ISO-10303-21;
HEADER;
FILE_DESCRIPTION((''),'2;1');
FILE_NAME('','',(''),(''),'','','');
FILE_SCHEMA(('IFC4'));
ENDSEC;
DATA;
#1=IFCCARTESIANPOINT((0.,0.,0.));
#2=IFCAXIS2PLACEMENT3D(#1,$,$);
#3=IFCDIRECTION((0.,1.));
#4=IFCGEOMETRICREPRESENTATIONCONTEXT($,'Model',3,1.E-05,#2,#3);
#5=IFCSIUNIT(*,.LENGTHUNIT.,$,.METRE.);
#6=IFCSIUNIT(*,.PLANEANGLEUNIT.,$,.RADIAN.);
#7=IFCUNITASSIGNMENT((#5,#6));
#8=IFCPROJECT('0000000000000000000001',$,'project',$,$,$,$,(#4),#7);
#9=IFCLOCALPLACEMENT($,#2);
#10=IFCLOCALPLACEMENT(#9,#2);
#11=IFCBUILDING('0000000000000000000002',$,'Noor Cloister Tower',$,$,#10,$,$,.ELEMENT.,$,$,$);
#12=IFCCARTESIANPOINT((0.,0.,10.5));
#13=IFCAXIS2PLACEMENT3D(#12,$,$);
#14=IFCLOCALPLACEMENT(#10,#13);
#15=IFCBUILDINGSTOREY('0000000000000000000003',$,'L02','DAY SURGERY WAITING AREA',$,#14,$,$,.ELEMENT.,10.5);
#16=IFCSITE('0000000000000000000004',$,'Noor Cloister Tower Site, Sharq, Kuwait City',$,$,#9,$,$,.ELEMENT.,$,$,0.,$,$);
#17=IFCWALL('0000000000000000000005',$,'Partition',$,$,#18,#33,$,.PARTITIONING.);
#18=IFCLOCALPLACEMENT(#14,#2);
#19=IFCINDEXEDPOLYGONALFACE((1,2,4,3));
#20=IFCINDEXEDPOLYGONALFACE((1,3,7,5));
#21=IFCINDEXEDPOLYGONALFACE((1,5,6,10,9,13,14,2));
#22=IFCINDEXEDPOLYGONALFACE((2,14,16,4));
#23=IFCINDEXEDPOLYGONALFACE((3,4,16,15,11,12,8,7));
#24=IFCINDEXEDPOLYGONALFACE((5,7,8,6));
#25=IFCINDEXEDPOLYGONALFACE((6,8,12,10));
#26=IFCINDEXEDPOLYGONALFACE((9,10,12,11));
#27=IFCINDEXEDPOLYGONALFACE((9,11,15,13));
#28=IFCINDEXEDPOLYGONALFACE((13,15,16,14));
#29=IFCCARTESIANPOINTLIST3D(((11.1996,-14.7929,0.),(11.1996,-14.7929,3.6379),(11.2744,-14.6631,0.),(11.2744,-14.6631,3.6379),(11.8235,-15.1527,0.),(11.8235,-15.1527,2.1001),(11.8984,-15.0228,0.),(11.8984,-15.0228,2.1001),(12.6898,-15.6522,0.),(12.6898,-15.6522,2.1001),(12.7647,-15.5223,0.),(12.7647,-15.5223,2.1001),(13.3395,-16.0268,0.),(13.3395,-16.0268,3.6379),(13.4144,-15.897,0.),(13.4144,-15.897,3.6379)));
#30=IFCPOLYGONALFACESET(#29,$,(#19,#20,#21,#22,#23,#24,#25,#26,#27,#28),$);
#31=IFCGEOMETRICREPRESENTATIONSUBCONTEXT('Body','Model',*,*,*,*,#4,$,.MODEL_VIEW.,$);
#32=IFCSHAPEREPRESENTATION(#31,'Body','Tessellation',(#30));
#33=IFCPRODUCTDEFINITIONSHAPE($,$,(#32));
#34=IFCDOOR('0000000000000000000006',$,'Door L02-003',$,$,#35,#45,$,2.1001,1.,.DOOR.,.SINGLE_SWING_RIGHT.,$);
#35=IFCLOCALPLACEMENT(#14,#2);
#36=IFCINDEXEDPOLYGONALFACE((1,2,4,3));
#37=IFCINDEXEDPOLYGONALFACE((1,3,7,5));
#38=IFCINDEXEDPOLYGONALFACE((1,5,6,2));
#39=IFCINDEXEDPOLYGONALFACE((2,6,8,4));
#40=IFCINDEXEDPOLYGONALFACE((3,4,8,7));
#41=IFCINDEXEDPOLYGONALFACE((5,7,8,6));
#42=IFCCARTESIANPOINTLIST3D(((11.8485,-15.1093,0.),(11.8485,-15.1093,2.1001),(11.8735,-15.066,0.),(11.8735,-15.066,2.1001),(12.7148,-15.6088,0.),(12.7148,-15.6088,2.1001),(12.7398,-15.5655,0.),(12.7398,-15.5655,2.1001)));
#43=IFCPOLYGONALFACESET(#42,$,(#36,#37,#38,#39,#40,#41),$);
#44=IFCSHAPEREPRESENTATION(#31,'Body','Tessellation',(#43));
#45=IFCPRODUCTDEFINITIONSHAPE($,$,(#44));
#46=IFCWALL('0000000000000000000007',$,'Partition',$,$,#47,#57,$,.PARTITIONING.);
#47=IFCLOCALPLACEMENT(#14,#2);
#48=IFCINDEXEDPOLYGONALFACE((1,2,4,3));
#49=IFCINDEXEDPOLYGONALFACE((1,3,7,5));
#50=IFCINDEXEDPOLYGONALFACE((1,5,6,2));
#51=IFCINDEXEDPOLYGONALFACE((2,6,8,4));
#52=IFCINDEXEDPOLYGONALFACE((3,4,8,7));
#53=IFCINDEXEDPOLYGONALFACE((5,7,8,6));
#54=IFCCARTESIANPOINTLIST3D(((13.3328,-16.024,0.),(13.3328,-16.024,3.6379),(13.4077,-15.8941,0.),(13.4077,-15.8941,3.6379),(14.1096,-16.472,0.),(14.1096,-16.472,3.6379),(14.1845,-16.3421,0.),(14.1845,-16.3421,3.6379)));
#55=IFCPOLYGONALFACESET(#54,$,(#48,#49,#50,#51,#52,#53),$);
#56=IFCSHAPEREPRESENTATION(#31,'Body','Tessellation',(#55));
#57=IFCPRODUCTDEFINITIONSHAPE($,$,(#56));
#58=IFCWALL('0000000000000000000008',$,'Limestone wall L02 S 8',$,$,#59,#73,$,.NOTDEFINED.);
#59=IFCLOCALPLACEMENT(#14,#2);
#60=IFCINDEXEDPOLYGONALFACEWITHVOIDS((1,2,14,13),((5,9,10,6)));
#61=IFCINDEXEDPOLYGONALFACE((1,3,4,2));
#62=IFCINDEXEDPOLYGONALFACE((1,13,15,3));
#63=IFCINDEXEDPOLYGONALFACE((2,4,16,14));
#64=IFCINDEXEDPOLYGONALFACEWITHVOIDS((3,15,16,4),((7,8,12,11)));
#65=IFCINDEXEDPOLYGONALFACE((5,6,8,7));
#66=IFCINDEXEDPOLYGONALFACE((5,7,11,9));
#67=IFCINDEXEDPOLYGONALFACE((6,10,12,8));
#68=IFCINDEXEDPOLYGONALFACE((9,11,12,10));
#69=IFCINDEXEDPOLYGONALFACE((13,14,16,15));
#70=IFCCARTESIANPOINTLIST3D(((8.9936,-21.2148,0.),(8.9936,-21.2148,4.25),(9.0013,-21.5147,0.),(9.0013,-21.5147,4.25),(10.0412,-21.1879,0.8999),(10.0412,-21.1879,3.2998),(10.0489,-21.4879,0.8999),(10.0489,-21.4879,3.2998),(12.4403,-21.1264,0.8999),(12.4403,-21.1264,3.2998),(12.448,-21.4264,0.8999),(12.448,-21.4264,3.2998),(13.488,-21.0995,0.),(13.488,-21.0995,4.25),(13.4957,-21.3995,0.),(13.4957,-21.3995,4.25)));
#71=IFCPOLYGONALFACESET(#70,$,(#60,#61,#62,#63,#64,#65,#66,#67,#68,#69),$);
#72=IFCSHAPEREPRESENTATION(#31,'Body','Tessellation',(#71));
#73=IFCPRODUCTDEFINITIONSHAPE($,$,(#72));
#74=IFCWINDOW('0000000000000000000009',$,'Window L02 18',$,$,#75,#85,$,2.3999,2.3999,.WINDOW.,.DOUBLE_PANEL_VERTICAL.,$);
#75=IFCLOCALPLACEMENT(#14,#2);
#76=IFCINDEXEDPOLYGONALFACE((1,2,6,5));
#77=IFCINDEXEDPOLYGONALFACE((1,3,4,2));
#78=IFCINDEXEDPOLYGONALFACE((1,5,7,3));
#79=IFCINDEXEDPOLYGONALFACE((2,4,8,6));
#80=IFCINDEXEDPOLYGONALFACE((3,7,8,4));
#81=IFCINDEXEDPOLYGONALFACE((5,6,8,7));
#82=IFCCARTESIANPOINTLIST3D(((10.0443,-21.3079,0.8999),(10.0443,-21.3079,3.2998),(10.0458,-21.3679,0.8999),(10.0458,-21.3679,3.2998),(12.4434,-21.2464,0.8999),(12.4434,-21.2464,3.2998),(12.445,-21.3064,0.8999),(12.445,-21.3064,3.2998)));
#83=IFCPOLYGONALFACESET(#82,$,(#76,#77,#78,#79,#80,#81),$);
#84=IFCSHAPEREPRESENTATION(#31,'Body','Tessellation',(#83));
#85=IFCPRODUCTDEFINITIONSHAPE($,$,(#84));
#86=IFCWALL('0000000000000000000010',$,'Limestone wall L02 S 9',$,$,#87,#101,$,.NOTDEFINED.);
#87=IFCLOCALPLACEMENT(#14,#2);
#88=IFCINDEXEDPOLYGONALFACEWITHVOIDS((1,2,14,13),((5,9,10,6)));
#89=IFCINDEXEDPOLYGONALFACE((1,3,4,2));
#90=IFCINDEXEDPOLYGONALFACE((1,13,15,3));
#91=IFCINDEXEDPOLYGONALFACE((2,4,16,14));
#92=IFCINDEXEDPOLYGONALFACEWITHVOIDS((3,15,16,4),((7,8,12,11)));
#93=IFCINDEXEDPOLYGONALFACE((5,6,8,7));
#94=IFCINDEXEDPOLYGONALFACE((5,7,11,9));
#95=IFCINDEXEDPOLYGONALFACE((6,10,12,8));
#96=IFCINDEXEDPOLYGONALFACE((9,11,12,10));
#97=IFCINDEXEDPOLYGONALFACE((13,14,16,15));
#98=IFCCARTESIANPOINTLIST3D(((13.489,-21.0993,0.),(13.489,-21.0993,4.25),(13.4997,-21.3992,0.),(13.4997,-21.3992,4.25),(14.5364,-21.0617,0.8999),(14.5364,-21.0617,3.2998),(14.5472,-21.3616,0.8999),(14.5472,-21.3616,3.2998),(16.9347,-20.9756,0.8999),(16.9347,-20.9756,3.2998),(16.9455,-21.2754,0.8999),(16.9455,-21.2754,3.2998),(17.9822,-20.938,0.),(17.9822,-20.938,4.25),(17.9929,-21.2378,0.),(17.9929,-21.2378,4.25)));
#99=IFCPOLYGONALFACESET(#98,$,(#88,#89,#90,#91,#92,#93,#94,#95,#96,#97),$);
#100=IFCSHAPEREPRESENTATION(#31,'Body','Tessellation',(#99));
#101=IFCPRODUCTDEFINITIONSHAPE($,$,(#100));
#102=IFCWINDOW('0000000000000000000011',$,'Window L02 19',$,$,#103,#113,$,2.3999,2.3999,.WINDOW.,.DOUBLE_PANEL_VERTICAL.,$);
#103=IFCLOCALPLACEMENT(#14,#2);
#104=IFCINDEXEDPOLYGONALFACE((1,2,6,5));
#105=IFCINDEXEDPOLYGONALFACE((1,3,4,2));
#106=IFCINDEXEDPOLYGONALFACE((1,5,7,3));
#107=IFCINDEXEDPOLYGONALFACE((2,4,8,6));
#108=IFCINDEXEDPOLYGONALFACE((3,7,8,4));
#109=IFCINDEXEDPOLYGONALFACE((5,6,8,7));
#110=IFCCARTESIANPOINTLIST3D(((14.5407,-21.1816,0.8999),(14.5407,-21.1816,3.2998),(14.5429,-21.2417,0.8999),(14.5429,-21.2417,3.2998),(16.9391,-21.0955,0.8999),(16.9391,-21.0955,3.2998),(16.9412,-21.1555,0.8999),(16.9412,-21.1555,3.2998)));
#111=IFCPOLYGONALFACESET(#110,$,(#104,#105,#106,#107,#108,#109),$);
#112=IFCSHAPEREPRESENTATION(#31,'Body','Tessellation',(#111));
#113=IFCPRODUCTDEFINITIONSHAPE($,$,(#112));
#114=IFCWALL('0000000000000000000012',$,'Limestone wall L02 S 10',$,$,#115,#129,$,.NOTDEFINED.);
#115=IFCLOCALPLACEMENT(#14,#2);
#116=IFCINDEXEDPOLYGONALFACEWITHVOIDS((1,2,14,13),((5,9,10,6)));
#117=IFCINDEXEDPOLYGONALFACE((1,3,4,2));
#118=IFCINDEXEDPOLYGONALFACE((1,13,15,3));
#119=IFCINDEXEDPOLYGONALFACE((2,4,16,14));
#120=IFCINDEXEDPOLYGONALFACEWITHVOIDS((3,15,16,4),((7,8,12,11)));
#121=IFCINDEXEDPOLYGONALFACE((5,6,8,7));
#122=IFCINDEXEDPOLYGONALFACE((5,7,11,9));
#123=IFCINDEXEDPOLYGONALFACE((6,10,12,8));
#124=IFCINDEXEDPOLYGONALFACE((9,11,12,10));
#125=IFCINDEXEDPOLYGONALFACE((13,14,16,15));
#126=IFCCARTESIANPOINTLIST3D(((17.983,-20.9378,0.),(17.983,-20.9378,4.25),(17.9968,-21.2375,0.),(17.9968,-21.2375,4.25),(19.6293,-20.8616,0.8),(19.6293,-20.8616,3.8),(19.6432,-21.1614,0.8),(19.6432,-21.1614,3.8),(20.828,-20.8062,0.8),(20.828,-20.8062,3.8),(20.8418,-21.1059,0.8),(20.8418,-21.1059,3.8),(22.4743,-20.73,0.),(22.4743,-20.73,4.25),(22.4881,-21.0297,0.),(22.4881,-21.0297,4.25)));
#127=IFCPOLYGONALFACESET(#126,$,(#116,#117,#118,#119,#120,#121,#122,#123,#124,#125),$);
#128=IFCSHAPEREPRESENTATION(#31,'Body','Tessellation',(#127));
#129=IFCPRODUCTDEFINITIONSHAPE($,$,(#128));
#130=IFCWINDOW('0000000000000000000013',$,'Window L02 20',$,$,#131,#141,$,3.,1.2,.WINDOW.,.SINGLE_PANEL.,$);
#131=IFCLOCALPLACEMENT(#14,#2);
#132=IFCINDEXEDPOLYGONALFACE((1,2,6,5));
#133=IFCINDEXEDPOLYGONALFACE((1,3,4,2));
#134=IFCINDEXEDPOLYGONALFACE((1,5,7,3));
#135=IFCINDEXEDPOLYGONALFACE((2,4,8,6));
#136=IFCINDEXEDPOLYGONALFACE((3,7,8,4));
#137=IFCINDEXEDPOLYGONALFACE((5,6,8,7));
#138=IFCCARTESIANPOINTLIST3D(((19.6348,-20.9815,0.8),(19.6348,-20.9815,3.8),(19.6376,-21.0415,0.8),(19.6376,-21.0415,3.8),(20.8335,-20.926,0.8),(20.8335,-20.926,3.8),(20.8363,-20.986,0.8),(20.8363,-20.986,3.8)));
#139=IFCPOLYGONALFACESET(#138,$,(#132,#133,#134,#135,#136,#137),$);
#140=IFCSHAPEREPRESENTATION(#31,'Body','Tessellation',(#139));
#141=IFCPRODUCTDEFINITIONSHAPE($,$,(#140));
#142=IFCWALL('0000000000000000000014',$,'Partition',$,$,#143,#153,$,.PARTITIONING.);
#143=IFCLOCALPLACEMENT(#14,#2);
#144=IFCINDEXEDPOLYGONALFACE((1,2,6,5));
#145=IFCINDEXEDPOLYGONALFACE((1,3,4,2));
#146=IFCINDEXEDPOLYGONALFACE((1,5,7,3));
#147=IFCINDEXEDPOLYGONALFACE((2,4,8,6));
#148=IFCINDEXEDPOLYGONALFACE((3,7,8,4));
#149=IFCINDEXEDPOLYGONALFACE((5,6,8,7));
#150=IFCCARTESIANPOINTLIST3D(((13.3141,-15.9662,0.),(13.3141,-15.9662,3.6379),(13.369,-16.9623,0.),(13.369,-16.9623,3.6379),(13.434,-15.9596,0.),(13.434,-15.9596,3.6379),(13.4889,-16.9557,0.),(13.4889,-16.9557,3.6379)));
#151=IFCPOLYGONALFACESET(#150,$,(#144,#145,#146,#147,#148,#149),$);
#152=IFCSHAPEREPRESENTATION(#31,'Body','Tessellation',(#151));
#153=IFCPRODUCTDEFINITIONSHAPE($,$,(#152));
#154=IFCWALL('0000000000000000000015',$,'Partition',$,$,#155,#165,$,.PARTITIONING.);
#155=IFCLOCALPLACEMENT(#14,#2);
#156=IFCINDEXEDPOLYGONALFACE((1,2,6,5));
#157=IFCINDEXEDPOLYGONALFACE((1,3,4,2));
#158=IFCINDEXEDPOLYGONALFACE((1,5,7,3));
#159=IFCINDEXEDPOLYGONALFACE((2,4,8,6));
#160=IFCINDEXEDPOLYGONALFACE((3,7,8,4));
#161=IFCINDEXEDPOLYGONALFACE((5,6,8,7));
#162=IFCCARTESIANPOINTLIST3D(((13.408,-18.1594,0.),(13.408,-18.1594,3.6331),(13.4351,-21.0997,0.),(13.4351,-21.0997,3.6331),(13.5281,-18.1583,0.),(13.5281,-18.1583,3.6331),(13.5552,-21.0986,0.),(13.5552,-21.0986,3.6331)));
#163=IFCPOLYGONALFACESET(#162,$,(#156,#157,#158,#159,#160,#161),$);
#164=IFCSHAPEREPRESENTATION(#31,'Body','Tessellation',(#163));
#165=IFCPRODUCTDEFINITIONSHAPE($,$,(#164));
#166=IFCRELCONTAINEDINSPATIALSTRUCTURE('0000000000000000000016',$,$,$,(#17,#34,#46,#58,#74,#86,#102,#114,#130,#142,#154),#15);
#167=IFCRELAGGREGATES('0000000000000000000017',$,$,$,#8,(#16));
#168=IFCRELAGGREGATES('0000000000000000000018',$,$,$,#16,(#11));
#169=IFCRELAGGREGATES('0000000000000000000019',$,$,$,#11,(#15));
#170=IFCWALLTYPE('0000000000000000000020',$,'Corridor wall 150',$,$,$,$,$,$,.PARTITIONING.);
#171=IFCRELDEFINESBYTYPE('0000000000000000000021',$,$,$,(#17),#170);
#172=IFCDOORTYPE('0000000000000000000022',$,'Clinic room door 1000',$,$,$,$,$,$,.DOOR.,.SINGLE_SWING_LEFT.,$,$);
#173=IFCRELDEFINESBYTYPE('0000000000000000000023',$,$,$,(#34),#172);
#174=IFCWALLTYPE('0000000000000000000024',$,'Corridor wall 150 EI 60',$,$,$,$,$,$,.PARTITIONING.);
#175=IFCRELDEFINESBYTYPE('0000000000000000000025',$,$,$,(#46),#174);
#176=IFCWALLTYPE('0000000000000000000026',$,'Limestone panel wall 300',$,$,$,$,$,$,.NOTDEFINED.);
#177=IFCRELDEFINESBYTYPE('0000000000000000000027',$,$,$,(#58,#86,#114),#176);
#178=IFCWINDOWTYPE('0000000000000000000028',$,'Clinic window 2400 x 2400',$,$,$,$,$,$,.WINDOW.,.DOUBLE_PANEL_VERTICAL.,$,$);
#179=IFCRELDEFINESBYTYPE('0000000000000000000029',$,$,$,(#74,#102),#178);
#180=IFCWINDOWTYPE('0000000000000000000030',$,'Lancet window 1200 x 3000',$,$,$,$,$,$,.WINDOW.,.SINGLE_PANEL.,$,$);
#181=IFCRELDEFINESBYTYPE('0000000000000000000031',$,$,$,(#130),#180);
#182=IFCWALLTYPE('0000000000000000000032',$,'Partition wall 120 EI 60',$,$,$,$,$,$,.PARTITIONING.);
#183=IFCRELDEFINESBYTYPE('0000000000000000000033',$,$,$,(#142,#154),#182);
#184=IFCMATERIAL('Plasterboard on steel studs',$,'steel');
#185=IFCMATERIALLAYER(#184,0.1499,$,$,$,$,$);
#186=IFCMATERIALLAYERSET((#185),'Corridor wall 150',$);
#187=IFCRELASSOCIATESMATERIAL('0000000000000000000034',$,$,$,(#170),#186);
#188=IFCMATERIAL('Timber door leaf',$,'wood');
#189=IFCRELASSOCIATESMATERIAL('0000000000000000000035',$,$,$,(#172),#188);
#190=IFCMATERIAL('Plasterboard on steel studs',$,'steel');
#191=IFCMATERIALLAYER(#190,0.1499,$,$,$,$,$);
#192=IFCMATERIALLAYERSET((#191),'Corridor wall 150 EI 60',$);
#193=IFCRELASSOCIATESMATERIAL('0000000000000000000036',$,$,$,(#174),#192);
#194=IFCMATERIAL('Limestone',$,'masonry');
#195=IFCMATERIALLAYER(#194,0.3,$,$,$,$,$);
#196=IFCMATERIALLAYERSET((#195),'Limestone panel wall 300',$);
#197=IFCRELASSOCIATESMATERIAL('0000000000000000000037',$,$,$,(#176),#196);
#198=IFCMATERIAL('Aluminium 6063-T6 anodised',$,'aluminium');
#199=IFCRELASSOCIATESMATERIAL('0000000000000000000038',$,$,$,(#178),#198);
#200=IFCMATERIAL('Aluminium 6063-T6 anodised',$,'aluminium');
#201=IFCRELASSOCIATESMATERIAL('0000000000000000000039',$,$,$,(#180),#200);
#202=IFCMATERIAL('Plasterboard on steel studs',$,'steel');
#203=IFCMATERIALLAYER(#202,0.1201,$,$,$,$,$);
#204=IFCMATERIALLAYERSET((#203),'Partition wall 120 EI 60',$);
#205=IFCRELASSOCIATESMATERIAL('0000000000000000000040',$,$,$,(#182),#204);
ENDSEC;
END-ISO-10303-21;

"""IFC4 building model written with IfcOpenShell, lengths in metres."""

from ifc_helpers import new_model, si_unit, direction, frame, frame_2d, origin, place, context, subcontext, project, spatial, rectangle, extrude, material, layer, layer_set, type_object, element, fill, save


model = new_model("IFC4")

# Units and contexts
model_context = context("Model", 3, precision=1e-05, world=origin(), true_north=direction((0.0, 1.0)))
body_context = subcontext(model_context, "Body", "Model", "MODEL_VIEW")
ifc_project = project(units=[si_unit("LENGTHUNIT", "METRE"), si_unit("PLANEANGLEUNIT", "RADIAN")], contexts=[model_context])

# Site, building, storey
site_placement = place(None, origin())
site = spatial("IfcSite", under=ifc_project, at=site_placement, Name="Noor Cloister Tower Site, Sharq, Kuwait City", CompositionType="ELEMENT", RefElevation=0.0)
building_placement = place(site_placement, origin())
building = spatial("IfcBuilding", under=site, at=building_placement, Name="Noor Cloister Tower", CompositionType="ELEMENT")
storey_placement = place(building_placement, frame((0.0, 0.0, 10.5)))
storey = spatial("IfcBuildingStorey", under=building, at=storey_placement, Name="L02", Description="DAY SURGERY WAITING AREA", CompositionType="ELEMENT", Elevation=10.5)

# Wall, opening, door
ifc_material_1 = material(Name="Plasterboard on steel studs", Category="steel")
ifc_layer_1 = layer(ifc_material_1, 0.1499)
ifc_layer_set_1 = layer_set([ifc_layer_1], Name="Corridor wall 150")
wall_type_1 = type_object("IfcWallType", Name="Corridor wall 150", PredefinedType="PARTITIONING", material=ifc_layer_set_1)
wall_1_placement = place(storey_placement, frame((13.377, -15.9619, 0.0), z_axis=(0.0, 0.0, 1.0), x_axis=(-0.866302, 0.49952, 0.0)))
wall_1 = element("IfcWall", 1, at=wall_1_placement, inside=storey, type_object=wall_type_1, Name="Partition", PredefinedType="PARTITIONING", context=body_context, shape_type="SweptSolid", body=[
    extrude(rectangle(XDim=2.4702, YDim=0.1499, at=frame_2d((1.2351, 0.0))), origin(), (0.0, 0.0, 1.0), 3.6379),
])
opening_1_placement = place(wall_1_placement, frame((0.75, 0.0, 0.0)))
opening_1 = element("IfcOpeningElement", 2, at=opening_1_placement, cuts=wall_1, PredefinedType="OPENING", context=body_context, shape_type="SweptSolid", body=[
    extrude(rectangle(XDim=1.0, YDim=2.1001, at=frame_2d((0.5, 1.05))), frame((0.0, 0.085, 0.0), z_axis=(0.0, -1.0, 0.0), x_axis=(1.0, 0.0, 0.0)), (0.0, 0.0, 1.0), 0.1699),
])
ifc_material_2 = material(Name="Timber door leaf", Category="wood")
door_type = type_object("IfcDoorType", Name="Clinic room door 1000", OperationType="SINGLE_SWING_LEFT", PredefinedType="DOOR", material=ifc_material_2)
door_placement = place(opening_1_placement, origin())
door = element("IfcDoor", 3, at=door_placement, inside=storey, type_object=door_type, Name="Door L02-003", OperationType="SINGLE_SWING_RIGHT", OverallHeight=2.1001, OverallWidth=1.0, PredefinedType="DOOR", context=body_context, shape_type="SweptSolid", body=[
    extrude(rectangle(XDim=1.0, YDim=2.1001, at=frame_2d((0.5, 1.05))), frame((0.0, 0.0249, 0.0), z_axis=(0.0, -1.0, 0.0), x_axis=(1.0, 0.0, 0.0)), (0.0, 0.0, 1.0), 0.05),
])
fill(opening_1, door)

# Wall
ifc_material_3 = material(Name="Plasterboard on steel studs", Category="steel")
ifc_layer_2 = layer(ifc_material_3, 0.1499)
ifc_layer_set_2 = layer_set([ifc_layer_2], Name="Corridor wall 150 EI 60")
wall_type_2 = type_object("IfcWallType", Name="Corridor wall 150 EI 60", PredefinedType="PARTITIONING", material=ifc_layer_set_2)
wall_2_placement = place(storey_placement, frame((14.147, -16.407, 0.0), z_axis=(0.0, 0.0, 1.0), x_axis=(-0.866276, 0.499565, 0.0)))
element("IfcWall", 4, at=wall_2_placement, inside=storey, type_object=wall_type_2, Name="Partition", PredefinedType="PARTITIONING", context=body_context, shape_type="SweptSolid", body=[
    extrude(rectangle(XDim=0.8967, YDim=0.1499, at=frame_2d((0.4482, 0.0))), origin(), (0.0, 0.0, 1.0), 3.6379),
])

# Walls, openings, windows
ifc_material_4 = material(Name="Limestone", Category="masonry")
ifc_layer_3 = layer(ifc_material_4, 0.3)
ifc_layer_set_3 = layer_set([ifc_layer_3], Name="Limestone panel wall 300")
wall_type_3 = type_object("IfcWallType", Name="Limestone panel wall 300", PredefinedType="NOTDEFINED", material=ifc_layer_set_3)
wall_3_placement = place(storey_placement, frame((13.4919, -21.2495, 0.0), z_axis=(0.0, 0.0, 1.0), x_axis=(-0.999671, -0.025631, 0.0)))
wall_3 = element("IfcWall", 5, at=wall_3_placement, inside=storey, type_object=wall_type_3, Name="Limestone wall L02 S 8", PredefinedType="NOTDEFINED", context=body_context, shape_type="SweptSolid", body=[
    extrude(rectangle(XDim=4.4958, YDim=0.3, at=frame_2d((2.248, 0.0))), origin(), (0.0, 0.0, 1.0), 4.25),
])
opening_2_placement = place(wall_3_placement, frame((1.0481, 0.0, 0.8999)))
opening_2 = element("IfcOpeningElement", 6, at=opening_2_placement, cuts=wall_3, PredefinedType="OPENING", context=body_context, shape_type="SweptSolid", body=[
    extrude(rectangle(XDim=2.3999, YDim=2.3999, at=frame_2d((1.2, 1.2))), frame((0.0, 0.1602, 0.0), z_axis=(0.0, -1.0, 0.0), x_axis=(1.0, 0.0, 0.0)), (0.0, 0.0, 1.0), 0.3201),
])
ifc_material_5 = material(Name="Aluminium 6063-T6 anodised", Category="aluminium")
window_type_1 = type_object("IfcWindowType", Name="Clinic window 2400 x 2400", PartitioningType="DOUBLE_PANEL_VERTICAL", PredefinedType="WINDOW", material=ifc_material_5)
window_1_placement = place(opening_2_placement, origin())
window_1 = element("IfcWindow", 7, at=window_1_placement, inside=storey, type_object=window_type_1, Name="Window L02 18", OverallHeight=2.3999, OverallWidth=2.3999, PartitioningType="DOUBLE_PANEL_VERTICAL", PredefinedType="WINDOW", context=body_context, shape_type="SweptSolid", body=[
    extrude(rectangle(XDim=2.3999, YDim=2.3999, at=frame_2d((1.2, 1.2))), frame((0.0, 0.03, 0.0), z_axis=(0.0, -1.0, 0.0), x_axis=(1.0, 0.0, 0.0)), (0.0, 0.0, 1.0), 0.0601),
])
fill(opening_2, window_1)
wall_4_placement = place(storey_placement, frame((17.9875, -21.0879, 0.0), z_axis=(0.0, 0.0, 1.0), x_axis=(-0.999356, -0.035893, 0.0)))
wall_4 = element("IfcWall", 8, at=wall_4_placement, inside=storey, type_object=wall_type_3, Name="Limestone wall L02 S 9", PredefinedType="NOTDEFINED", context=body_context, shape_type="SweptSolid", body=[
    extrude(rectangle(XDim=4.4961, YDim=0.3, at=frame_2d((2.248, 0.0))), origin(), (0.0, 0.0, 1.0), 4.25),
])
opening_3_placement = place(wall_4_placement, frame((1.0481, 0.0, 0.8999)))
opening_3 = element("IfcOpeningElement", 9, at=opening_3_placement, cuts=wall_4, PredefinedType="OPENING", context=body_context, shape_type="SweptSolid", body=[
    extrude(rectangle(XDim=2.3999, YDim=2.3999, at=frame_2d((1.2, 1.2))), frame((0.0, 0.1602, 0.0), z_axis=(0.0, -1.0, 0.0), x_axis=(1.0, 0.0, 0.0)), (0.0, 0.0, 1.0), 0.3201),
])
window_2_placement = place(opening_3_placement, origin())
window_2 = element("IfcWindow", 10, at=window_2_placement, inside=storey, type_object=window_type_1, Name="Window L02 19", OverallHeight=2.3999, OverallWidth=2.3999, PartitioningType="DOUBLE_PANEL_VERTICAL", PredefinedType="WINDOW", context=body_context, shape_type="SweptSolid", body=[
    extrude(rectangle(XDim=2.3999, YDim=2.3999, at=frame_2d((1.2, 1.2))), frame((0.0, 0.03, 0.0), z_axis=(0.0, -1.0, 0.0), x_axis=(1.0, 0.0, 0.0)), (0.0, 0.0, 1.0), 0.0601),
])
fill(opening_3, window_2)
wall_5_placement = place(storey_placement, frame((22.4812, -20.8799, 0.0), z_axis=(0.0, 0.0, 1.0), x_axis=(-0.998932, -0.046211, 0.0)))
wall_5 = element("IfcWall", 11, at=wall_5_placement, inside=storey, type_object=wall_type_3, Name="Limestone wall L02 S 10", PredefinedType="NOTDEFINED", context=body_context, shape_type="SweptSolid", body=[
    extrude(rectangle(XDim=4.4961, YDim=0.3, at=frame_2d((2.248, 0.0))), origin(), (0.0, 0.0, 1.0), 4.25),
])
opening_4_placement = place(wall_5_placement, frame((1.6479, 0.0, 0.8)))
opening_4 = element("IfcOpeningElement", 12, at=opening_4_placement, cuts=wall_5, PredefinedType="OPENING", context=body_context, shape_type="SweptSolid", body=[
    extrude(rectangle(XDim=1.2, YDim=3.0, at=frame_2d((0.6001, 1.5))), frame((0.0, 0.1602, 0.0), z_axis=(0.0, -1.0, 0.0), x_axis=(1.0, 0.0, 0.0)), (0.0, 0.0, 1.0), 0.3201),
])
ifc_material_6 = material(Name="Aluminium 6063-T6 anodised", Category="aluminium")
window_type_2 = type_object("IfcWindowType", Name="Lancet window 1200 x 3000", PartitioningType="SINGLE_PANEL", PredefinedType="WINDOW", material=ifc_material_6)
window_3_placement = place(opening_4_placement, origin())
window_3 = element("IfcWindow", 13, at=window_3_placement, inside=storey, type_object=window_type_2, Name="Window L02 20", OverallHeight=3.0, OverallWidth=1.2, PartitioningType="SINGLE_PANEL", PredefinedType="WINDOW", context=body_context, shape_type="SweptSolid", body=[
    extrude(rectangle(XDim=1.2, YDim=3.0, at=frame_2d((0.6001, 1.5))), frame((0.0, 0.03, 0.0), z_axis=(0.0, -1.0, 0.0), x_axis=(1.0, 0.0, 0.0)), (0.0, 0.0, 1.0), 0.0601),
])
fill(opening_4, window_3)

# Walls
ifc_material_7 = material(Name="Plasterboard on steel studs", Category="steel")
ifc_layer_4 = layer(ifc_material_7, 0.1201)
ifc_layer_set_4 = layer_set([ifc_layer_4], Name="Partition wall 120 EI 60")
wall_type_4 = type_object("IfcWallType", Name="Partition wall 120 EI 60", PredefinedType="PARTITIONING", material=ifc_layer_set_4)
wall_6_placement = place(storey_placement, frame((13.429, -16.959, 0.0), z_axis=(0.0, 0.0, 1.0), x_axis=(-0.055063, 0.998483, 0.0)))
element("IfcWall", 14, at=wall_6_placement, inside=storey, type_object=wall_type_4, Name="Partition", PredefinedType="PARTITIONING", context=body_context, shape_type="SweptSolid", body=[
    extrude(rectangle(XDim=0.9976, YDim=0.1201, at=frame_2d((0.4988, 0.0))), origin(), (0.0, 0.0, 1.0), 3.6379),
])
wall_7_placement = place(storey_placement, frame((13.4951, -21.0991, 0.0), z_axis=(0.0, 0.0, 1.0), x_axis=(-0.009217, 0.999958, 0.0)))
element("IfcWall", 15, at=wall_7_placement, inside=storey, type_object=wall_type_4, Name="Partition", PredefinedType="PARTITIONING", context=body_context, shape_type="SweptSolid", body=[
    extrude(rectangle(XDim=2.9404, YDim=0.1201, at=frame_2d((1.4702, 0.0))), origin(), (0.0, 0.0, 1.0), 3.6331),
])

save(model, "model.ifc")
